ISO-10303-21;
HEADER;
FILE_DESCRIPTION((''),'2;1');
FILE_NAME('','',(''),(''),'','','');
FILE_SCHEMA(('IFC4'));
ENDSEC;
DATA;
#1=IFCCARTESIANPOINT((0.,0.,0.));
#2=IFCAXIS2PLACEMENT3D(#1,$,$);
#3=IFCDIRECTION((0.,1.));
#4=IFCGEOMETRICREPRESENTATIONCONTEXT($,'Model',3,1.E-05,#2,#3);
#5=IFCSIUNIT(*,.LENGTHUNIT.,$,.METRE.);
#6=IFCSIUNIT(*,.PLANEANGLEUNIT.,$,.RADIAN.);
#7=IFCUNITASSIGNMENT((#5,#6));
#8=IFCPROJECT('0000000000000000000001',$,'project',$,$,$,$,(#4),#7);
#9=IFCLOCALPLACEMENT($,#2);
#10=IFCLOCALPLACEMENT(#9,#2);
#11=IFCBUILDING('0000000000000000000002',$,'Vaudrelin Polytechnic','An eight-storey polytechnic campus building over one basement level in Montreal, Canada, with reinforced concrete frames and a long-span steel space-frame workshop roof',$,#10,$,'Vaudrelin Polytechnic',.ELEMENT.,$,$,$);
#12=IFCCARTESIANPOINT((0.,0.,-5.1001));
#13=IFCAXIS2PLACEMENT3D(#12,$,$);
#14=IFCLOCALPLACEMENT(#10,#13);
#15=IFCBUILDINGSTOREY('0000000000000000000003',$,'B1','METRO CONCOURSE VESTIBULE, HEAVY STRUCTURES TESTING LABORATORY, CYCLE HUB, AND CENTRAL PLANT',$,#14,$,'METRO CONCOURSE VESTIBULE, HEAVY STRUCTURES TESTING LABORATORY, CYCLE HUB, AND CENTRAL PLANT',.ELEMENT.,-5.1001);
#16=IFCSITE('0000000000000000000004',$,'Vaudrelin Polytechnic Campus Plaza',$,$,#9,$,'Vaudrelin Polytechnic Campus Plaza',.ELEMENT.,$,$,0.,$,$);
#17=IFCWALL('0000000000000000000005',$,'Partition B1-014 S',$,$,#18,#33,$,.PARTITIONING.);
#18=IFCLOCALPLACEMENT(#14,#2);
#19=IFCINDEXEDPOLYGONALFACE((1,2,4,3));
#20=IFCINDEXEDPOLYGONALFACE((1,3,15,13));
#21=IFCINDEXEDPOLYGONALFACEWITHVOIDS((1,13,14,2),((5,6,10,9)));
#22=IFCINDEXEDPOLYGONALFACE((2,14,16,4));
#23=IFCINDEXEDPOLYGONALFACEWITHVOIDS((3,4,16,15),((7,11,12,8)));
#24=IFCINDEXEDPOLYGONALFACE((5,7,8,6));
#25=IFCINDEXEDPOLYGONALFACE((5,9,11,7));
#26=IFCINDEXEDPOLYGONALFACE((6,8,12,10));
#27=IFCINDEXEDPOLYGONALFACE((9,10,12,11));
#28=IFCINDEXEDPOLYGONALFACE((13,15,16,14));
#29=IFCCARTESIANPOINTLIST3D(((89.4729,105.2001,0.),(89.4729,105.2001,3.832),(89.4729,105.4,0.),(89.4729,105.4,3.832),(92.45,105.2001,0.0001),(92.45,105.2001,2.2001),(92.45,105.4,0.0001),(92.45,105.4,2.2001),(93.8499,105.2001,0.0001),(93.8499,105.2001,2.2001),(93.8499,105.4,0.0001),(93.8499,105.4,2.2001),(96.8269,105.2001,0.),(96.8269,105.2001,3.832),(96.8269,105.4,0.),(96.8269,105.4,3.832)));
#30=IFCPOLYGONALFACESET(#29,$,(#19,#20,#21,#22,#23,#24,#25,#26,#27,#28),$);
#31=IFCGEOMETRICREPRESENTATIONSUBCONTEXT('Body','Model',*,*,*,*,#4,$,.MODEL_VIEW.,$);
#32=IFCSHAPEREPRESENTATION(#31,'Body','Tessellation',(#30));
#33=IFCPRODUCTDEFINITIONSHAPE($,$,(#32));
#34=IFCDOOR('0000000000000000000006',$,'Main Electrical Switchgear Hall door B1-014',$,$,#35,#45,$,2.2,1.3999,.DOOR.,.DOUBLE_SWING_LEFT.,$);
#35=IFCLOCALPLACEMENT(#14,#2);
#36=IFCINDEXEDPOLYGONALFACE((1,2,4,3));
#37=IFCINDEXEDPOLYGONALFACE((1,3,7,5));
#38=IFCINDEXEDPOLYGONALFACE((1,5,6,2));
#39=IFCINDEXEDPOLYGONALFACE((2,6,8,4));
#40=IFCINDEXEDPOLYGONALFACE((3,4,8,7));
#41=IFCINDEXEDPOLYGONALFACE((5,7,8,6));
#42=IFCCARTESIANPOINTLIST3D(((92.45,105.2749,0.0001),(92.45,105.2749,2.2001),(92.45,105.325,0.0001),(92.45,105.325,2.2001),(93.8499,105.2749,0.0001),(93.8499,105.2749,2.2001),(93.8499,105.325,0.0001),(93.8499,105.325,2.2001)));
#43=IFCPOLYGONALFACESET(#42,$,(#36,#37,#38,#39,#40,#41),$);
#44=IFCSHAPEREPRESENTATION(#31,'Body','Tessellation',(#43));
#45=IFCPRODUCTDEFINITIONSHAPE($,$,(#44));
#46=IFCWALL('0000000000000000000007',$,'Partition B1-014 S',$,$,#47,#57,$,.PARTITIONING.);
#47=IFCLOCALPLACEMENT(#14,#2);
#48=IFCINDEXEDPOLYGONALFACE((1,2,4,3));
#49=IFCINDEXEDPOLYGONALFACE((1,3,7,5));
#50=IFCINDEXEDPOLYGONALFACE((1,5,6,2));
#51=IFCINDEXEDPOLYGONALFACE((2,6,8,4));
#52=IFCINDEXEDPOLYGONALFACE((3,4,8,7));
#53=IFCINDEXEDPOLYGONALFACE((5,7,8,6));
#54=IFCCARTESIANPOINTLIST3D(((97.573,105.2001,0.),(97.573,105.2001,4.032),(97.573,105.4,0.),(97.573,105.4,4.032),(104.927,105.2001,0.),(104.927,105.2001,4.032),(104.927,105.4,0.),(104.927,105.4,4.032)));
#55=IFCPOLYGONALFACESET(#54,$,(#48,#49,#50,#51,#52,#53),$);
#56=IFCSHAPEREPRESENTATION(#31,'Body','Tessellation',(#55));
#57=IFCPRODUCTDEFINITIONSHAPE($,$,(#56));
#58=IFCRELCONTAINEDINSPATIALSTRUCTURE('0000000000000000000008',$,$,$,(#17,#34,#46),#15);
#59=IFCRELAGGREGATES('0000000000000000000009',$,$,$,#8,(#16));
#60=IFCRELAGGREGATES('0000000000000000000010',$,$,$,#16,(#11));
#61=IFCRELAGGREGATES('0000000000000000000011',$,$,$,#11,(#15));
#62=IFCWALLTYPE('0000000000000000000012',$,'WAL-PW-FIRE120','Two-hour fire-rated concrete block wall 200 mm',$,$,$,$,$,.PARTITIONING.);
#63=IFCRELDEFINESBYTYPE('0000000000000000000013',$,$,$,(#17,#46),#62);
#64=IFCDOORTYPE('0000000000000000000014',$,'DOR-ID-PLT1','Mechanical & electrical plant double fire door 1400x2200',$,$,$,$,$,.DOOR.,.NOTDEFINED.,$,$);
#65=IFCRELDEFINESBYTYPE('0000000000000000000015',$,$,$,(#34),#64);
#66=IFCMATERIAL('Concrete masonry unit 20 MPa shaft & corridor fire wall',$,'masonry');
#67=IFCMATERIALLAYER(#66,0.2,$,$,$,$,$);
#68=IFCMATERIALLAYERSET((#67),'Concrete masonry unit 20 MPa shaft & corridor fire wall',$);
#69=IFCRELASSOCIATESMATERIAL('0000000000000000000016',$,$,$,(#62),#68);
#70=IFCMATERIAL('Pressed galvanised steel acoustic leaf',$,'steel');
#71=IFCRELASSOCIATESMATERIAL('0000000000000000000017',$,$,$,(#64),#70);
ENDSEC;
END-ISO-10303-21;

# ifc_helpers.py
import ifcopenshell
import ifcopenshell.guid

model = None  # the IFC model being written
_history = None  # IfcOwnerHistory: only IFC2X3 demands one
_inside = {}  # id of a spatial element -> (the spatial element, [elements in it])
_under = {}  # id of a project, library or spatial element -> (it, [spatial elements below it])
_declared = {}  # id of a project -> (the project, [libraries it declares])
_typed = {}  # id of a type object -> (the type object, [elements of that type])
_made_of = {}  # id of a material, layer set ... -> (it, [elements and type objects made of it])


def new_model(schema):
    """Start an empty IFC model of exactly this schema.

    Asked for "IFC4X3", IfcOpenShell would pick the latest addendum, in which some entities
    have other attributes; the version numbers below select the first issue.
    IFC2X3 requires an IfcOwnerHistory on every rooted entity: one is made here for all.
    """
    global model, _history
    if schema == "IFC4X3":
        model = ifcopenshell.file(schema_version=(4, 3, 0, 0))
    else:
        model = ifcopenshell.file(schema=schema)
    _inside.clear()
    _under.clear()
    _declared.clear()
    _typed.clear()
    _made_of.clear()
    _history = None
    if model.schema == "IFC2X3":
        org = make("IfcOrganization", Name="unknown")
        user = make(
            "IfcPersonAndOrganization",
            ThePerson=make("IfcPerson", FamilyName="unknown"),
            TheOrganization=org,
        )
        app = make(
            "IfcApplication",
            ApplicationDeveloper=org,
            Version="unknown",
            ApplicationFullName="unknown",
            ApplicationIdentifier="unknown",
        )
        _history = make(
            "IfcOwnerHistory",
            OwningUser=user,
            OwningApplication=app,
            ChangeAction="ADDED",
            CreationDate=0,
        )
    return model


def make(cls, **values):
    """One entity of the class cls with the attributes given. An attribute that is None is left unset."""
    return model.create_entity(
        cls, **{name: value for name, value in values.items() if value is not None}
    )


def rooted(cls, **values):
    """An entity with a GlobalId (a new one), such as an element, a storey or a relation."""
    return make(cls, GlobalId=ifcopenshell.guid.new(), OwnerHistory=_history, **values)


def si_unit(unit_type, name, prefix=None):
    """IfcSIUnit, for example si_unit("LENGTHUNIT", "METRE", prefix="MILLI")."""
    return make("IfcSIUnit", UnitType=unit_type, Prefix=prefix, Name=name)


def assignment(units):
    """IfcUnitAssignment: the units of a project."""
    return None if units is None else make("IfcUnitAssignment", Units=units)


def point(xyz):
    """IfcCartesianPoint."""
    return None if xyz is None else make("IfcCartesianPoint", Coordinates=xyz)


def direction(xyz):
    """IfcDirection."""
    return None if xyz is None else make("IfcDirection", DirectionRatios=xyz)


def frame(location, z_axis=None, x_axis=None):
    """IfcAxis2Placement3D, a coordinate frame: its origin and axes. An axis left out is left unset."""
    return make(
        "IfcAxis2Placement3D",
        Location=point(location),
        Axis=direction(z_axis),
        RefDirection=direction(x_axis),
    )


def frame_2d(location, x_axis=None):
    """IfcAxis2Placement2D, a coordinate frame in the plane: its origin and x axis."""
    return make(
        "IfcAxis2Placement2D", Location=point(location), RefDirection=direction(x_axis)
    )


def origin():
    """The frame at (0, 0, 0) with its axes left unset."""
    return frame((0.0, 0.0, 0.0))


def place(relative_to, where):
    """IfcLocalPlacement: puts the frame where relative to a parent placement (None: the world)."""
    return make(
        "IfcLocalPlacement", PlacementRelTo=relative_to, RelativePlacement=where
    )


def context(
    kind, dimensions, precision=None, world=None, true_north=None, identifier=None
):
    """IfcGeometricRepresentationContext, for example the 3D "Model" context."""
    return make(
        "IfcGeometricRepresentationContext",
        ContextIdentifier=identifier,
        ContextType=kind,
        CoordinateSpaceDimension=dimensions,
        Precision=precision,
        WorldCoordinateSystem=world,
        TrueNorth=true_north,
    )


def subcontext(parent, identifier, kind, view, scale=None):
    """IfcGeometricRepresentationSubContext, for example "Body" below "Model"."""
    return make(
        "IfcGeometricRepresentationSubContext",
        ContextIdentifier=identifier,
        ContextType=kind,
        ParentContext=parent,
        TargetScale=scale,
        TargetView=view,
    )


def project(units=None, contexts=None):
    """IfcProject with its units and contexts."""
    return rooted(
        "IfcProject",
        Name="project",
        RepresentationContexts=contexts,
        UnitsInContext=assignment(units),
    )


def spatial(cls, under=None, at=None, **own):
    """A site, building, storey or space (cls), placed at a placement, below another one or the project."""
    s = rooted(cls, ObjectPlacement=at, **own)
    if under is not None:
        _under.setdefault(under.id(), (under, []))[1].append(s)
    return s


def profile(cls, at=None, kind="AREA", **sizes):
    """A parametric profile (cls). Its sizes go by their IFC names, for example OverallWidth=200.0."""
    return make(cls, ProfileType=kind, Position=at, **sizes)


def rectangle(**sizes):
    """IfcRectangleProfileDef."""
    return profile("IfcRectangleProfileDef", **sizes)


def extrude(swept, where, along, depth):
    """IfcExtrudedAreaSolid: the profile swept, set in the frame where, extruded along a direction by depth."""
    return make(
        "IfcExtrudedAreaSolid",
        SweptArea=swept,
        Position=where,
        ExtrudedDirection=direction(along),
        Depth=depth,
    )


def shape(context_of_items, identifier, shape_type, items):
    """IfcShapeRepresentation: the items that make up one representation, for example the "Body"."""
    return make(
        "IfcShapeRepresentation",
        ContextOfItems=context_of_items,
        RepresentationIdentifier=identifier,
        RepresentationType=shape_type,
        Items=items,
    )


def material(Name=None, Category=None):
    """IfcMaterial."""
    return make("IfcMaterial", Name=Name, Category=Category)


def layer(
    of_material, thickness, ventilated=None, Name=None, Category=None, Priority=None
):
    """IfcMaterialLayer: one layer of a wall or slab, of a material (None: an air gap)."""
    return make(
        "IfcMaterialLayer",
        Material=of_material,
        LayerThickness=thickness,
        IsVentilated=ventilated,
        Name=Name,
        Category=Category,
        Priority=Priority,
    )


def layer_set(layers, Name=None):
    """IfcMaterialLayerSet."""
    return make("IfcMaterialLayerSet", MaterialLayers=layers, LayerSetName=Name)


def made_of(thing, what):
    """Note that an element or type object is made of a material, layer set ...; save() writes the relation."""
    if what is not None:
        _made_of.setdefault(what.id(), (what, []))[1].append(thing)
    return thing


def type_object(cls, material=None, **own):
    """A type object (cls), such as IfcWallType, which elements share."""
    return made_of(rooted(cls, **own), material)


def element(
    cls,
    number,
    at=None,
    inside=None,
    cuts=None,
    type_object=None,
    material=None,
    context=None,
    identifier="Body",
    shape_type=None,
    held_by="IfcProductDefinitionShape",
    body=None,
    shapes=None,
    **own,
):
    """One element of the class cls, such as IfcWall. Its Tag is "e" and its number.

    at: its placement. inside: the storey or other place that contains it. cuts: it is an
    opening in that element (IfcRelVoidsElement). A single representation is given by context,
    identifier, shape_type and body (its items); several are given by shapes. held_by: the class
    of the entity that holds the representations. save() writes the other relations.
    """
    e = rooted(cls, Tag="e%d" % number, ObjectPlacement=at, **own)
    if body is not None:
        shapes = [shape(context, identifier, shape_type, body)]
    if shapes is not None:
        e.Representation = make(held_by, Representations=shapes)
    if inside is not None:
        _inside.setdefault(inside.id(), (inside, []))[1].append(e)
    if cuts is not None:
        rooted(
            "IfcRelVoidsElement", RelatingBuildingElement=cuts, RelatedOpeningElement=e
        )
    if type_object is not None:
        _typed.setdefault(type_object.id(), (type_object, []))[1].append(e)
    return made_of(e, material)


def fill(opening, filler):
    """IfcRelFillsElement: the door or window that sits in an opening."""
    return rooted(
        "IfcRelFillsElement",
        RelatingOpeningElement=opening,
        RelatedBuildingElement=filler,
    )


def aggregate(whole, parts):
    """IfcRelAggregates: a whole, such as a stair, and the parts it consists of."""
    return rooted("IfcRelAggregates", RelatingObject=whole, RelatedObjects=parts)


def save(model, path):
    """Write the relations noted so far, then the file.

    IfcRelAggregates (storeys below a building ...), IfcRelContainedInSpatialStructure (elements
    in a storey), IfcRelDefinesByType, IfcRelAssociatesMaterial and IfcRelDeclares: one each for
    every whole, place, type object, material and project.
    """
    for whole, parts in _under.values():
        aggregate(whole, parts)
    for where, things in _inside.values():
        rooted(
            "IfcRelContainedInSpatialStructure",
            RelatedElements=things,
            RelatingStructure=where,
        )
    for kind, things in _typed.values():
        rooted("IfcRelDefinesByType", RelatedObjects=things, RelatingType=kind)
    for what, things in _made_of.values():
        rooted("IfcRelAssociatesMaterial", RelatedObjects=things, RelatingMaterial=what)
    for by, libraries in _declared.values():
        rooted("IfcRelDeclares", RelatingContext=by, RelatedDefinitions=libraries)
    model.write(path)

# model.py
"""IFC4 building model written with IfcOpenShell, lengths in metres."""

from ifc_helpers import new_model, si_unit, direction, frame, frame_2d, origin, place, context, subcontext, project, spatial, rectangle, extrude, material, layer, layer_set, type_object, element, fill, save


model = new_model("IFC4")

# Units and contexts
model_context = context("Model", 3, precision=1e-05, world=origin(), true_north=direction((0.0, 1.0)))
body_context = subcontext(model_context, "Body", "Model", "MODEL_VIEW")
ifc_project = project(units=[si_unit("LENGTHUNIT", "METRE"), si_unit("PLANEANGLEUNIT", "RADIAN")], contexts=[model_context])

# Site, building, storey
site_placement = place(None, origin())
site = spatial("IfcSite", under=ifc_project, at=site_placement, Name="Vaudrelin Polytechnic Campus Plaza", LongName="Vaudrelin Polytechnic Campus Plaza", CompositionType="ELEMENT", RefElevation=0.0)
building_placement = place(site_placement, origin())
building = spatial("IfcBuilding", under=site, at=building_placement, Name="Vaudrelin Polytechnic", Description="An eight-storey polytechnic campus building over one basement level in Montreal, Canada, with reinforced concrete frames and a long-span steel space-frame workshop roof", LongName="Vaudrelin Polytechnic", CompositionType="ELEMENT")
storey_placement = place(building_placement, frame((0.0, 0.0, -5.1001)))
storey = spatial("IfcBuildingStorey", under=building, at=storey_placement, Name="B1", Description="METRO CONCOURSE VESTIBULE, HEAVY STRUCTURES TESTING LABORATORY, CYCLE HUB, AND CENTRAL PLANT", LongName="METRO CONCOURSE VESTIBULE, HEAVY STRUCTURES TESTING LABORATORY, CYCLE HUB, AND CENTRAL PLANT", CompositionType="ELEMENT", Elevation=-5.1001)

# Wall, opening, door
ifc_material_1 = material(Name="Concrete masonry unit 20 MPa shaft & corridor fire wall", Category="masonry")
ifc_layer = layer(ifc_material_1, 0.2)
ifc_layer_set = layer_set([ifc_layer], Name="Concrete masonry unit 20 MPa shaft & corridor fire wall")
wall_type = type_object("IfcWallType", Name="WAL-PW-FIRE120", Description="Two-hour fire-rated concrete block wall 200 mm", PredefinedType="PARTITIONING", material=ifc_layer_set)
wall_1_placement = place(storey_placement, frame((89.4729, 105.3, 0.0), z_axis=(0.0, 0.0, 1.0), x_axis=(1.0, 0.0, 0.0)))
wall_1 = element("IfcWall", 1, at=wall_1_placement, inside=storey, type_object=wall_type, Name="Partition B1-014 S", PredefinedType="PARTITIONING", context=body_context, shape_type="SweptSolid", body=[
    extrude(rectangle(XDim=7.354, YDim=0.2, at=frame_2d((3.677, 0.0))), origin(), (0.0, 0.0, 1.0), 3.832),
])
opening_placement = place(wall_1_placement, frame((2.9771, 0.0, 0.0)))
opening = element("IfcOpeningElement", 2, at=opening_placement, cuts=wall_1, PredefinedType="OPENING", context=body_context, shape_type="SweptSolid", body=[
    extrude(rectangle(XDim=1.3999, YDim=2.2, at=frame_2d((0.7, 1.1001))), frame((0.0, 0.1099, 0.0), z_axis=(0.0, -1.0, 0.0), x_axis=(1.0, 0.0, 0.0)), (0.0, 0.0, 1.0), 0.22),
])
ifc_material_2 = material(Name="Pressed galvanised steel acoustic leaf", Category="steel")
door_type = type_object("IfcDoorType", Name="DOR-ID-PLT1", Description="Mechanical & electrical plant double fire door 1400x2200", OperationType="NOTDEFINED", PredefinedType="DOOR", material=ifc_material_2)
door_placement = place(opening_placement, origin())
door = element("IfcDoor", 3, at=door_placement, inside=storey, type_object=door_type, Name="Main Electrical Switchgear Hall door B1-014", OperationType="DOUBLE_SWING_LEFT", OverallHeight=2.2, OverallWidth=1.3999, PredefinedType="DOOR", context=body_context, shape_type="SweptSolid", body=[
    extrude(rectangle(XDim=1.3999, YDim=2.2, at=frame_2d((0.7, 1.1001))), frame((0.0, 0.0249, 0.0), z_axis=(0.0, -1.0, 0.0), x_axis=(1.0, 0.0, 0.0)), (0.0, 0.0, 1.0), 0.05),
])
fill(opening, door)

# Wall
wall_2_placement = place(storey_placement, frame((97.573, 105.3, 0.0), z_axis=(0.0, 0.0, 1.0), x_axis=(1.0, 0.0, 0.0)))
element("IfcWall", 4, at=wall_2_placement, inside=storey, type_object=wall_type, Name="Partition B1-014 S", PredefinedType="PARTITIONING", context=body_context, shape_type="SweptSolid", body=[
    extrude(rectangle(XDim=7.354, YDim=0.2, at=frame_2d((3.677, 0.0))), origin(), (0.0, 0.0, 1.0), 4.032),
])

save(model, "model.ifc")
